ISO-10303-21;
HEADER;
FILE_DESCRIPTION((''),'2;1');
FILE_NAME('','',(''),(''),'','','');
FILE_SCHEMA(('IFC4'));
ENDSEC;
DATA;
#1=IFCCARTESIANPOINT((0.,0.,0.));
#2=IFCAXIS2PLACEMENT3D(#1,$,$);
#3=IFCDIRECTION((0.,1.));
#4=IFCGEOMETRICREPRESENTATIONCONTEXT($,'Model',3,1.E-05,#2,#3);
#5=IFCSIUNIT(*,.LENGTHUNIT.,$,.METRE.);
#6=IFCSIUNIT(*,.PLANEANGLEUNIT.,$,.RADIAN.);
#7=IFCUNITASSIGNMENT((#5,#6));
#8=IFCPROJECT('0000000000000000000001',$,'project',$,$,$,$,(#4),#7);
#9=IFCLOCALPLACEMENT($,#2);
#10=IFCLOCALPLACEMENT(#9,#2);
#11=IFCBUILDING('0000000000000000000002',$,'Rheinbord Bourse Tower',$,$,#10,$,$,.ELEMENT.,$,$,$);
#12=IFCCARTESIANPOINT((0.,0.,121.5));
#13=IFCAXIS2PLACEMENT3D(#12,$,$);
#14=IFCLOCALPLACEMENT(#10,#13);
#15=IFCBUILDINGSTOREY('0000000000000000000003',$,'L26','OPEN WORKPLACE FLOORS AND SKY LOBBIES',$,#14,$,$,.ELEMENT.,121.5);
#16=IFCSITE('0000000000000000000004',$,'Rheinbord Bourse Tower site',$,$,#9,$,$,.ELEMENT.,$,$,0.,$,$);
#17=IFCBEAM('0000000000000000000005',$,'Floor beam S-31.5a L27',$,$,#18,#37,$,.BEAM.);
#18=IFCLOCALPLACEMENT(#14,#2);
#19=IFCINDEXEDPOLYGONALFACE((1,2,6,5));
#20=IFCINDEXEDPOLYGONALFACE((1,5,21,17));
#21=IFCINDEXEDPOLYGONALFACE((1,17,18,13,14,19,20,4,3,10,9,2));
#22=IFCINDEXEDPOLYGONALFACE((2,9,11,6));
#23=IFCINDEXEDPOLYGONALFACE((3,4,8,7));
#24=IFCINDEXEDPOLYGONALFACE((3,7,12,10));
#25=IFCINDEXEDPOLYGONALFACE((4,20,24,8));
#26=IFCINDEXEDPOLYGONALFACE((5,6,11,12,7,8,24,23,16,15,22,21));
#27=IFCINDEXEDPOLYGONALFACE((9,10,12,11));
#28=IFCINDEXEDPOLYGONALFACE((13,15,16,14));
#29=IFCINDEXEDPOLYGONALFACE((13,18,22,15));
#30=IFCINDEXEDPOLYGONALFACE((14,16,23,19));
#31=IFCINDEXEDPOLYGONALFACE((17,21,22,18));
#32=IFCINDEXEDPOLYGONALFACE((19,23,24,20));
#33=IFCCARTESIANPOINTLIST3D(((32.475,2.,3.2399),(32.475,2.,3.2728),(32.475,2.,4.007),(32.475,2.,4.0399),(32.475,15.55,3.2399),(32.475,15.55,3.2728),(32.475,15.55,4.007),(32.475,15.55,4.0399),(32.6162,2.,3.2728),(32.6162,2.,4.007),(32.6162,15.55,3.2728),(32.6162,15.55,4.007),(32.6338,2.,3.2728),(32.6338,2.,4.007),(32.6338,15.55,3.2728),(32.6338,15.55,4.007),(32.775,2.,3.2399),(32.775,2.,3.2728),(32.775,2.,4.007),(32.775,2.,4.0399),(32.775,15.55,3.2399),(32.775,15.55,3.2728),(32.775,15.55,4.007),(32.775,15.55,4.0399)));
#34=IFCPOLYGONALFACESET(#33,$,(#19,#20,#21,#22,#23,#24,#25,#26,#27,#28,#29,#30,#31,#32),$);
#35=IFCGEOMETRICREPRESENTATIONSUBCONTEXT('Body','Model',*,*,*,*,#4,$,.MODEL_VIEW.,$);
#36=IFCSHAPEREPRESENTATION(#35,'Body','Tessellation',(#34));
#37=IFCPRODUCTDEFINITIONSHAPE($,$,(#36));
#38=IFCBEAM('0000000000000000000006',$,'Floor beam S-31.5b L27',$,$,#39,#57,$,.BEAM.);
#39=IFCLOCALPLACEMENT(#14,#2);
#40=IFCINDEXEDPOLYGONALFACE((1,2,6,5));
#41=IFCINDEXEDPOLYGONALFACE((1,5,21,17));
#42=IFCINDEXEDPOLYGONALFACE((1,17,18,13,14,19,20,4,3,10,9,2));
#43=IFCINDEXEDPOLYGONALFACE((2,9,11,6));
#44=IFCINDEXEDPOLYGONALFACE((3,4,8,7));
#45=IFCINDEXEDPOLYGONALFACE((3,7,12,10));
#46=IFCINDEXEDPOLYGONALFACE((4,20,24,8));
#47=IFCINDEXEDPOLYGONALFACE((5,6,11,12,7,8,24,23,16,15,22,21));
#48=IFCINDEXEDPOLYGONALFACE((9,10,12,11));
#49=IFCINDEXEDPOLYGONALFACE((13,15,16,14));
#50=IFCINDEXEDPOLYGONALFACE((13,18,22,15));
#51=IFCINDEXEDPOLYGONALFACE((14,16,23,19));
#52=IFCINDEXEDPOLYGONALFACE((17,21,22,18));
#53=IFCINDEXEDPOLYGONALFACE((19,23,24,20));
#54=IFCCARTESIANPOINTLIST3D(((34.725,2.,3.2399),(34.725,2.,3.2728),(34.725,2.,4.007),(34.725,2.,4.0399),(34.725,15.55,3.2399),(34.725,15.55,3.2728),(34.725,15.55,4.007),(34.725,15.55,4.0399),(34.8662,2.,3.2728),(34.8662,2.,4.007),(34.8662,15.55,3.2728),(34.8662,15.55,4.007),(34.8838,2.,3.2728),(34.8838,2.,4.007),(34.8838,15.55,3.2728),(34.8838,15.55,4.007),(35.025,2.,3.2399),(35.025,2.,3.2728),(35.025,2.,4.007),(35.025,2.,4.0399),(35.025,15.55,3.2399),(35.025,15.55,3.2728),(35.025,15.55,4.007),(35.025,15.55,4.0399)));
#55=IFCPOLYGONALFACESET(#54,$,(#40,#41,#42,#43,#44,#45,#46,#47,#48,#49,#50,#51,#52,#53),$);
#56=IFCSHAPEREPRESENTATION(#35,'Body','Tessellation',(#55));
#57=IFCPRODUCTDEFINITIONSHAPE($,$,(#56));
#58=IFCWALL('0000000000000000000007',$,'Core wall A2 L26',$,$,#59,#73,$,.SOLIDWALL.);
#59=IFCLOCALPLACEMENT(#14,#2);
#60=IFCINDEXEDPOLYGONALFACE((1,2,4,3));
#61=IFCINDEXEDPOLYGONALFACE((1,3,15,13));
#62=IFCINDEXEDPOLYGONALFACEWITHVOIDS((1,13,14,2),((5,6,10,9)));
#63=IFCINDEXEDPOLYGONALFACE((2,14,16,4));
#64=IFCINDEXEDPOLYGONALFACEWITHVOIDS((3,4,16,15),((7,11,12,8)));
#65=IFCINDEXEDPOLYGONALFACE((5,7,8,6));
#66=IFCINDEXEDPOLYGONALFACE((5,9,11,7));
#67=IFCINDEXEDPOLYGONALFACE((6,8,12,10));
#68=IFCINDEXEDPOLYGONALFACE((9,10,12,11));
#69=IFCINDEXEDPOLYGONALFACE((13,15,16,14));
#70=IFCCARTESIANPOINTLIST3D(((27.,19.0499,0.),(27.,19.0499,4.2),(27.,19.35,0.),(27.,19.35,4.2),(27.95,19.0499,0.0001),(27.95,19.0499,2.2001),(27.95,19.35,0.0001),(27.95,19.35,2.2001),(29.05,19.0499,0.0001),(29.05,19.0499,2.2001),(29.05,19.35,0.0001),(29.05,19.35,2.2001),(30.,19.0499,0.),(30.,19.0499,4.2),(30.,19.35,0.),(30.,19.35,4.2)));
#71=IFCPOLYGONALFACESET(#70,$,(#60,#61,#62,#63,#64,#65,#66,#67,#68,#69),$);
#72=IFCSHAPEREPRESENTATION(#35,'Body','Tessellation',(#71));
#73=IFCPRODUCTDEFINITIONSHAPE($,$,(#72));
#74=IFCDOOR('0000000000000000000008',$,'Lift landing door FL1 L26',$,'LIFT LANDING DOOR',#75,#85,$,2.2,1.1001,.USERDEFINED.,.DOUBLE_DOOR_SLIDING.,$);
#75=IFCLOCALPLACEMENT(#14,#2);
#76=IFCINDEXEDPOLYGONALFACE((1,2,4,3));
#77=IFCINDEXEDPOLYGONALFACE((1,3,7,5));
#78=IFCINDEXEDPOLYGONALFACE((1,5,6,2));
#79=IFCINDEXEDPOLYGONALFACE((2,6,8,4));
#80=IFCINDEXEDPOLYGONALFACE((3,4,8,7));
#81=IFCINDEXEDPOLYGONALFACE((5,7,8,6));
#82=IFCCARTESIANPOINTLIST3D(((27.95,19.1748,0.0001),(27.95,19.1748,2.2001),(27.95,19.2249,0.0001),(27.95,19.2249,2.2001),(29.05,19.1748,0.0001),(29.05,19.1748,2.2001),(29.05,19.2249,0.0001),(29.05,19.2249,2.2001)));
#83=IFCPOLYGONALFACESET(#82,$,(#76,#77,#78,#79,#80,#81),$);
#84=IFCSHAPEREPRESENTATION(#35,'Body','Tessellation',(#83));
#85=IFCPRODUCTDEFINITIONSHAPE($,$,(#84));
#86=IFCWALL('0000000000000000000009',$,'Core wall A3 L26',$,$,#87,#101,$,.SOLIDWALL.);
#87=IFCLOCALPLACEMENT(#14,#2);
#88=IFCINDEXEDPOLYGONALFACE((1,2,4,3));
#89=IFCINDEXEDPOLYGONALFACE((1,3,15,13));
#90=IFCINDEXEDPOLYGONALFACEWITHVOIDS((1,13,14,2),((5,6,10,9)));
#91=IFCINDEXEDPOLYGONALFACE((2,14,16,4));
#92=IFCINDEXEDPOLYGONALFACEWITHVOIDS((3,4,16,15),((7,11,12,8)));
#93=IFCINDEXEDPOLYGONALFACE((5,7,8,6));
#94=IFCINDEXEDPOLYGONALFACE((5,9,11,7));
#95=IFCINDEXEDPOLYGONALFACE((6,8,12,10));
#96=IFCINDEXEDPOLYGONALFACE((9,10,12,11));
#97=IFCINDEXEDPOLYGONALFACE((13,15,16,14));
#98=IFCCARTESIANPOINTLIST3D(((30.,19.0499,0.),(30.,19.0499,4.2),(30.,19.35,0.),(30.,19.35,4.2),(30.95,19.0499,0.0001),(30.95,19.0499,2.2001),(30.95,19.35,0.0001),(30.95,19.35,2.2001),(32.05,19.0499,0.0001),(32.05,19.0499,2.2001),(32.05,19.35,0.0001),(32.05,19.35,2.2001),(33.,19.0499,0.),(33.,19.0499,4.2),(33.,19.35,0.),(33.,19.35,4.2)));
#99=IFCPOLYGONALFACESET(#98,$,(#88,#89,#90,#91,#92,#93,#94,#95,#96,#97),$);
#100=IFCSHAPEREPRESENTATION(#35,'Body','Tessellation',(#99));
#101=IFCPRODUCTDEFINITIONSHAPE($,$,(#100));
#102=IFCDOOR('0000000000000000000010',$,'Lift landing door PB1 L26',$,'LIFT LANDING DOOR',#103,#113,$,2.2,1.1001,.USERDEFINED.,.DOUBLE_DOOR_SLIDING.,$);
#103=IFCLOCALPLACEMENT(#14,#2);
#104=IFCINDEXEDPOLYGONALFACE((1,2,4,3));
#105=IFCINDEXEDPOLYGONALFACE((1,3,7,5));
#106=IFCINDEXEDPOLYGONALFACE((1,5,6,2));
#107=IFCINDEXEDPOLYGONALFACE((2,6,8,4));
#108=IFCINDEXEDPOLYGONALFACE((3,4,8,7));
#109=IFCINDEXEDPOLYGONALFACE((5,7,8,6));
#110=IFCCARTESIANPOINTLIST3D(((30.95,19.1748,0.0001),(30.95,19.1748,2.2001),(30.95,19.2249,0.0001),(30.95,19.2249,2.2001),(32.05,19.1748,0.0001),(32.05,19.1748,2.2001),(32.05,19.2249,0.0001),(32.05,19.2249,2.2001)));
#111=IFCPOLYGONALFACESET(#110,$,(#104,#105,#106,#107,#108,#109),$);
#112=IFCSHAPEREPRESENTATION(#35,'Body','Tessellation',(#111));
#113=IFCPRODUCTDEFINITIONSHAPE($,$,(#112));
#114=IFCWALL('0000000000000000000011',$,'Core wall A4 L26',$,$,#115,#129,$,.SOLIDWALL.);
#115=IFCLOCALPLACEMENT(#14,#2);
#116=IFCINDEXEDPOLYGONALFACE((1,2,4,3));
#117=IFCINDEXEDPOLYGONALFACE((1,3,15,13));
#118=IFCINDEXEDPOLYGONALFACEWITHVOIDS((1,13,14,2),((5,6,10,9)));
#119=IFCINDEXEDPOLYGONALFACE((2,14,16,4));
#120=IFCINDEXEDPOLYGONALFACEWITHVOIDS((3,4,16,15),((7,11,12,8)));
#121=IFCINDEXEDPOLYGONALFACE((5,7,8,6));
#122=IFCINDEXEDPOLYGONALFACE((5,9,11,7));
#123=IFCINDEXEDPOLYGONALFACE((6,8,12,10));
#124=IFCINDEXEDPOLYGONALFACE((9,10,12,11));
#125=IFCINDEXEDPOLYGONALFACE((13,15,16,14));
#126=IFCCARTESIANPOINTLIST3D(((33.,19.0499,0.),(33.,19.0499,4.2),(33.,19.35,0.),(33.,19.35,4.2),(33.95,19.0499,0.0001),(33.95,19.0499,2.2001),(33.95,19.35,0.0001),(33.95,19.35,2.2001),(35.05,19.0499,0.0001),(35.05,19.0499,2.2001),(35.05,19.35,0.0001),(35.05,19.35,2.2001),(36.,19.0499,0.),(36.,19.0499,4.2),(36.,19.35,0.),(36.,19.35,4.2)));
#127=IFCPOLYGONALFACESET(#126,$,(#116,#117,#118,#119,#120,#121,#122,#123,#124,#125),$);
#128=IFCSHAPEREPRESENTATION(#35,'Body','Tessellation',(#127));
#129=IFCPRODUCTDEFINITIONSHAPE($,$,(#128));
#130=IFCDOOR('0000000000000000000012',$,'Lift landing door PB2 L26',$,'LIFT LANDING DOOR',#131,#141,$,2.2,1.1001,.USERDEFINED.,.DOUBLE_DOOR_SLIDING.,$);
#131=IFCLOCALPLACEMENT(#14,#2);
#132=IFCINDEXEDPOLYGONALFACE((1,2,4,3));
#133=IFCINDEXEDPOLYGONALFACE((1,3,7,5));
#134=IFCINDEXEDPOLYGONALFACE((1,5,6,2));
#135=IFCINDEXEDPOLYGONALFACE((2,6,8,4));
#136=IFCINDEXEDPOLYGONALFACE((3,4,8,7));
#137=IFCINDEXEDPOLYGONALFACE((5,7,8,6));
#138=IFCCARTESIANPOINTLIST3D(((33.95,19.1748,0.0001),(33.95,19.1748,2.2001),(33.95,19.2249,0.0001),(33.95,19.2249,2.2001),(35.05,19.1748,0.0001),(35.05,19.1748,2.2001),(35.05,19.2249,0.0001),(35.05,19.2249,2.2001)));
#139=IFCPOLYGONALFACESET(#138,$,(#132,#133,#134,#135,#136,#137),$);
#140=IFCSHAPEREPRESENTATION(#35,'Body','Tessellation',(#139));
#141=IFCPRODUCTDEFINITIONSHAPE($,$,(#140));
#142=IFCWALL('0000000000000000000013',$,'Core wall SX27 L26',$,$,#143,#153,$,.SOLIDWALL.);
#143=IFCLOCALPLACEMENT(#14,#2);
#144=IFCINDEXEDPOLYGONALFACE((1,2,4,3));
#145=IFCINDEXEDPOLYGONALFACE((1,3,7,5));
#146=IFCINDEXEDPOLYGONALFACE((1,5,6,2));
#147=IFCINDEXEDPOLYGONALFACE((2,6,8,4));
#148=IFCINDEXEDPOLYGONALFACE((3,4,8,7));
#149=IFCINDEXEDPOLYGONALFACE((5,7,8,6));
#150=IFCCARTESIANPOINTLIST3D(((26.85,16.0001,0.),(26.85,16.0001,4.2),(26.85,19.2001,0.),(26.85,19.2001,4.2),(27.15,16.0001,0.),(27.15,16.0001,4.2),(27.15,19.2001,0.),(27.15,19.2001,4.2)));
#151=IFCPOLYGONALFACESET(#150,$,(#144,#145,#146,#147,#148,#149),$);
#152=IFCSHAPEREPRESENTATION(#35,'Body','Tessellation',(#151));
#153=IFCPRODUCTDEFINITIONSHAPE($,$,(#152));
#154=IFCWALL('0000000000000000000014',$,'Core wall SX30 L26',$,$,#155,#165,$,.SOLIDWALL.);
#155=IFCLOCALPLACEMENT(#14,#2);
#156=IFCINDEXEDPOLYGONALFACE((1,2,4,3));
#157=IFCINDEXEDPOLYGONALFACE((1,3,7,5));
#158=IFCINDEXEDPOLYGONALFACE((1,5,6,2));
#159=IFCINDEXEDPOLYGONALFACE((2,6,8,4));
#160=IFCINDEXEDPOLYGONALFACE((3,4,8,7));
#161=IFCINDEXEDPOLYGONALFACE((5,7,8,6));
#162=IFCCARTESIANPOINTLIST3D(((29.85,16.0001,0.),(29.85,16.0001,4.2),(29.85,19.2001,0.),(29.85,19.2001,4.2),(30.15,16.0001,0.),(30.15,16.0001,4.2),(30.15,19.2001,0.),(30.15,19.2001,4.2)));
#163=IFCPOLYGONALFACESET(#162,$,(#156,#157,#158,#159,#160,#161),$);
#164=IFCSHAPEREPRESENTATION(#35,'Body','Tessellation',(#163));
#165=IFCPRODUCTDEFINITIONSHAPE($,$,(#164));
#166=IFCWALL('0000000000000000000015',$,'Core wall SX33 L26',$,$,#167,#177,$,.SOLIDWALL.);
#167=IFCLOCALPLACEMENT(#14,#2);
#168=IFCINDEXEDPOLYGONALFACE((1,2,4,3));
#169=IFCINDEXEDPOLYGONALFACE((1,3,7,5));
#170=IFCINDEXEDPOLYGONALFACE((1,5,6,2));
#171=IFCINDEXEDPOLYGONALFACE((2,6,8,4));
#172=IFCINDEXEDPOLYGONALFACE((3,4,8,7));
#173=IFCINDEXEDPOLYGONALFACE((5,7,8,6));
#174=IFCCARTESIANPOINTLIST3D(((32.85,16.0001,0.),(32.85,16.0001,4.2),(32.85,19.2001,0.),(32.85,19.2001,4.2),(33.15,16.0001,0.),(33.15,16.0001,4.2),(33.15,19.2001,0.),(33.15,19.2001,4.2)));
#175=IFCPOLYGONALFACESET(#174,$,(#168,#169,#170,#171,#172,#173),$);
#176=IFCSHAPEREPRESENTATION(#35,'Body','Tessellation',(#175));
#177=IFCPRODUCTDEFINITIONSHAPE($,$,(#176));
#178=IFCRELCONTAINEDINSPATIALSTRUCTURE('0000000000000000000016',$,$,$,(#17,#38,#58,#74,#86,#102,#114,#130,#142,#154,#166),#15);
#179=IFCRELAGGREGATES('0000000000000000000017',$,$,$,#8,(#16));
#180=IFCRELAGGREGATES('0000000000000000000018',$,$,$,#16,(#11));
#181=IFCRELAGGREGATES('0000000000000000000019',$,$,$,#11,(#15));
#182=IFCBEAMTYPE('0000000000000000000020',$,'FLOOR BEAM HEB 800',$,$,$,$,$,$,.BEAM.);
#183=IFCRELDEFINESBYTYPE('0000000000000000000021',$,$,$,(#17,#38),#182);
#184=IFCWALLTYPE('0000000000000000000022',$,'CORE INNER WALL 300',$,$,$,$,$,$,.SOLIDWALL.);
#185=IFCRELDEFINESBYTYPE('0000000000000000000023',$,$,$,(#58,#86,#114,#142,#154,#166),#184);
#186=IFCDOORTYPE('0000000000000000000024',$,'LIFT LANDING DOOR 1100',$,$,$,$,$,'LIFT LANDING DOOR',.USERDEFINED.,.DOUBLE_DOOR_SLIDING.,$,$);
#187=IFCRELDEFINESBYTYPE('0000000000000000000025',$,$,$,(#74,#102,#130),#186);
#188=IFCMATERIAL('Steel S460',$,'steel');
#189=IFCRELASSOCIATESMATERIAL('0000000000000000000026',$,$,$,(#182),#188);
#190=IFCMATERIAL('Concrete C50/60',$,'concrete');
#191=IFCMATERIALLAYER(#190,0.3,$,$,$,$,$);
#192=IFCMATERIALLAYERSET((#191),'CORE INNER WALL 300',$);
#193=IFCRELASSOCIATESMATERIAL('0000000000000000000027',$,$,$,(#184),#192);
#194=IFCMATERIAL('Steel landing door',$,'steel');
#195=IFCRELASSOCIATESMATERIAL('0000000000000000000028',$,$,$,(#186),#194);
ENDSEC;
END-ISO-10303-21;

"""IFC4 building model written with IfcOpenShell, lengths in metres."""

from ifc_helpers import new_model, si_unit, direction, frame, frame_2d, origin, origin_2d, place, context, subcontext, project, spatial, rectangle, i_section, extrude, material, layer, layer_set, material_profile, profile_set, type_object, element, fill, save


model = new_model("IFC4")

# Units and contexts
model_context = context("Model", 3, precision=1e-05, world=origin(), true_north=direction((0.0, 1.0)))
body_context = subcontext(model_context, "Body", "Model", "MODEL_VIEW")
ifc_project = project(units=[si_unit("LENGTHUNIT", "METRE"), si_unit("PLANEANGLEUNIT", "RADIAN")], contexts=[model_context])

# Site, building, storey
site_placement = place(None, origin())
site = spatial("IfcSite", under=ifc_project, at=site_placement, Name="Rheinbord Bourse Tower site", CompositionType="ELEMENT", RefElevation=0.0)
building_placement = place(site_placement, origin())
building = spatial("IfcBuilding", under=site, at=building_placement, Name="Rheinbord Bourse Tower", CompositionType="ELEMENT")
storey_placement = place(building_placement, frame((0.0, 0.0, 121.5)))
storey = spatial("IfcBuildingStorey", under=building, at=storey_placement, Name="L26", Description="OPEN WORKPLACE FLOORS AND SKY LOBBIES", CompositionType="ELEMENT", Elevation=121.5)

# Beams
ifc_material_1 = material(Name="Steel S460", Category="steel")
ifc_material_profile = material_profile(ifc_material_1, i_section(OverallWidth=0.3, OverallDepth=0.8, WebThickness=0.0176, FlangeThickness=0.033, at=origin_2d()), Name="HEB 800")
ifc_profile_set = profile_set([ifc_material_profile], Name="Steel S460")
beam_type = type_object("IfcBeamType", Name="FLOOR BEAM HEB 800", PredefinedType="BEAM", material=ifc_profile_set)
for number, where, z_axis, x_axis, name in (
    (1, (32.625, 2.0, 3.6399), (0.0, 1.0, 0.0), (-1.0, 0.0, 0.0), "Floor beam S-31.5a L27"),
    (2, (34.875, 2.0, 3.6399), (0.0, 1.0, 0.0), (-1.0, 0.0, 0.0), "Floor beam S-31.5b L27"),
):
    element("IfcBeam", number, at=place(storey_placement, frame(where, z_axis=z_axis, x_axis=x_axis)), inside=storey, type_object=beam_type, Name=name, PredefinedType="BEAM", context=body_context, shape_type="SweptSolid", body=[
        extrude(i_section(OverallWidth=0.3, OverallDepth=0.8, WebThickness=0.0176, FlangeThickness=0.033, at=origin_2d()), origin(), (0.0, 0.0, 1.0), 13.55),
    ])

# Walls, openings, doors
ifc_material_2 = material(Name="Concrete C50/60", Category="concrete")
ifc_layer_1 = layer(ifc_material_2, 0.3)
ifc_layer_set_1 = layer_set([ifc_layer_1], Name="CORE INNER WALL 300")
wall_type_1 = type_object("IfcWallType", Name="CORE INNER WALL 300", PredefinedType="SOLIDWALL", material=ifc_layer_set_1)
wall_1_placement = place(storey_placement, frame((27.0, 19.2, 0.0), z_axis=(0.0, 0.0, 1.0), x_axis=(1.0, 0.0, 0.0)))
wall_1 = element("IfcWall", 3, at=wall_1_placement, inside=storey, type_object=wall_type_1, Name="Core wall A2 L26", PredefinedType="SOLIDWALL", context=body_context, shape_type="SweptSolid", body=[
    extrude(rectangle(XDim=3.0, YDim=0.3, at=frame_2d((1.5, 0.0))), origin(), (0.0, 0.0, 1.0), 4.2),
])
opening_1_placement = place(wall_1_placement, frame((0.95, 0.0, 0.0)))
opening_1 = element("IfcOpeningElement", 4, at=opening_1_placement, cuts=wall_1, PredefinedType="OPENING", context=body_context, shape_type="SweptSolid", body=[
    extrude(rectangle(XDim=1.1001, YDim=2.2, at=frame_2d((0.55, 1.1001))), frame((0.0, 0.1599, 0.0), z_axis=(0.0, -1.0, 0.0), x_axis=(1.0, 0.0, 0.0)), (0.0, 0.0, 1.0), 0.3201),
])
ifc_material_3 = material(Name="Steel landing door", Category="steel")
door_type_1 = type_object("IfcDoorType", Name="LIFT LANDING DOOR 1100", ElementType="LIFT LANDING DOOR", OperationType="DOUBLE_DOOR_SLIDING", PredefinedType="USERDEFINED", material=ifc_material_3)
door_1_placement = place(opening_1_placement, origin())
door_1 = element("IfcDoor", 5, at=door_1_placement, inside=storey, type_object=door_type_1, Name="Lift landing door FL1 L26", ObjectType="LIFT LANDING DOOR", OperationType="DOUBLE_DOOR_SLIDING", OverallHeight=2.2, OverallWidth=1.1001, PredefinedType="USERDEFINED", context=body_context, shape_type="SweptSolid", body=[
    extrude(rectangle(XDim=1.1001, YDim=2.2, at=frame_2d((0.55, 1.1001))), frame((0.0, 0.0249, 0.0), z_axis=(0.0, -1.0, 0.0), x_axis=(1.0, 0.0, 0.0)), (0.0, 0.0, 1.0), 0.05),
])
fill(opening_1, door_1)
wall_2_placement = place(storey_placement, frame((30.0, 19.2, 0.0), z_axis=(0.0, 0.0, 1.0), x_axis=(1.0, 0.0, 0.0)))
wall_2 = element("IfcWall", 6, at=wall_2_placement, inside=storey, type_object=wall_type_1, Name="Core wall A3 L26", PredefinedType="SOLIDWALL", context=body_context, shape_type="SweptSolid", body=[
    extrude(rectangle(XDim=3.0, YDim=0.3, at=frame_2d((1.5, 0.0))), origin(), (0.0, 0.0, 1.0), 4.2),
])
opening_2_placement = place(wall_2_placement, frame((0.95, 0.0, 0.0)))
opening_2 = element("IfcOpeningElement", 7, at=opening_2_placement, cuts=wall_2, PredefinedType="OPENING", context=body_context, shape_type="SweptSolid", body=[
    extrude(rectangle(XDim=1.1001, YDim=2.2, at=frame_2d((0.55, 1.1001))), frame((0.0, 0.1599, 0.0), z_axis=(0.0, -1.0, 0.0), x_axis=(1.0, 0.0, 0.0)), (0.0, 0.0, 1.0), 0.3201),
])
door_2_placement = place(opening_2_placement, origin())
door_2 = element("IfcDoor", 8, at=door_2_placement, inside=storey, type_object=door_type_1, Name="Lift landing door PB1 L26", ObjectType="LIFT LANDING DOOR", OperationType="DOUBLE_DOOR_SLIDING", OverallHeight=2.2, OverallWidth=1.1001, PredefinedType="USERDEFINED", context=body_context, shape_type="SweptSolid", body=[
    extrude(rectangle(XDim=1.1001, YDim=2.2, at=frame_2d((0.55, 1.1001))), frame((0.0, 0.0249, 0.0), z_axis=(0.0, -1.0, 0.0), x_axis=(1.0, 0.0, 0.0)), (0.0, 0.0, 1.0), 0.05),
])
fill(opening_2, door_2)
wall_3_placement = place(storey_placement, frame((33.0, 19.2, 0.0), z_axis=(0.0, 0.0, 1.0), x_axis=(1.0, 0.0, 0.0)))
wall_3 = element("IfcWall", 9, at=wall_3_placement, inside=storey, type_object=wall_type_1, Name="Core wall A4 L26", PredefinedType="SOLIDWALL", context=body_context, shape_type="SweptSolid", body=[
    extrude(rectangle(XDim=3.0, YDim=0.3, at=frame_2d((1.5, 0.0))), origin(), (0.0, 0.0, 1.0), 4.2),
])
opening_3_placement = place(wall_3_placement, frame((0.95, 0.0, 0.0)))
opening_3 = element("IfcOpeningElement", 10, at=opening_3_placement, cuts=wall_3, PredefinedType="OPENING", context=body_context, shape_type="SweptSolid", body=[
    extrude(rectangle(XDim=1.1001, YDim=2.2, at=frame_2d((0.55, 1.1001))), frame((0.0, 0.1599, 0.0), z_axis=(0.0, -1.0, 0.0), x_axis=(1.0, 0.0, 0.0)), (0.0, 0.0, 1.0), 0.3201),
])
door_3_placement = place(opening_3_placement, origin())
door_3 = element("IfcDoor", 11, at=door_3_placement, inside=storey, type_object=door_type_1, Name="Lift landing door PB2 L26", ObjectType="LIFT LANDING DOOR", OperationType="DOUBLE_DOOR_SLIDING", OverallHeight=2.2, OverallWidth=1.1001, PredefinedType="USERDEFINED", context=body_context, shape_type="SweptSolid", body=[
    extrude(rectangle(XDim=1.1001, YDim=2.2, at=frame_2d((0.55, 1.1001))), frame((0.0, 0.0249, 0.0), z_axis=(0.0, -1.0, 0.0), x_axis=(1.0, 0.0, 0.0)), (0.0, 0.0, 1.0), 0.05),
])
fill(opening_3, door_3)

# Walls
for number, where, z_axis, x_axis, name in (
    (12, (27.0, 16.0, 0.0), (0.0, 0.0, 1.0), (0.0, 1.0, 0.0), "Core wall SX27 L26"),
    (13, (30.0, 16.0, 0.0), (0.0, 0.0, 1.0), (0.0, 1.0, 0.0), "Core wall SX30 L26"),
    (14, (33.0, 16.0, 0.0), (0.0, 0.0, 1.0), (0.0, 1.0, 0.0), "Core wall SX33 L26"),
):
    element("IfcWall", number, at=place(storey_placement, frame(where, z_axis=z_axis, x_axis=x_axis)), inside=storey, type_object=wall_type_1, Name=name, PredefinedType="SOLIDWALL", context=body_context, shape_type="SweptSolid", body=[
        extrude(rectangle(XDim=3.2, YDim=0.3, at=frame_2d((1.6001, 0.0))), origin(), (0.0, 0.0, 1.0), 4.2),
    ])

save(model, "model.ifc")
